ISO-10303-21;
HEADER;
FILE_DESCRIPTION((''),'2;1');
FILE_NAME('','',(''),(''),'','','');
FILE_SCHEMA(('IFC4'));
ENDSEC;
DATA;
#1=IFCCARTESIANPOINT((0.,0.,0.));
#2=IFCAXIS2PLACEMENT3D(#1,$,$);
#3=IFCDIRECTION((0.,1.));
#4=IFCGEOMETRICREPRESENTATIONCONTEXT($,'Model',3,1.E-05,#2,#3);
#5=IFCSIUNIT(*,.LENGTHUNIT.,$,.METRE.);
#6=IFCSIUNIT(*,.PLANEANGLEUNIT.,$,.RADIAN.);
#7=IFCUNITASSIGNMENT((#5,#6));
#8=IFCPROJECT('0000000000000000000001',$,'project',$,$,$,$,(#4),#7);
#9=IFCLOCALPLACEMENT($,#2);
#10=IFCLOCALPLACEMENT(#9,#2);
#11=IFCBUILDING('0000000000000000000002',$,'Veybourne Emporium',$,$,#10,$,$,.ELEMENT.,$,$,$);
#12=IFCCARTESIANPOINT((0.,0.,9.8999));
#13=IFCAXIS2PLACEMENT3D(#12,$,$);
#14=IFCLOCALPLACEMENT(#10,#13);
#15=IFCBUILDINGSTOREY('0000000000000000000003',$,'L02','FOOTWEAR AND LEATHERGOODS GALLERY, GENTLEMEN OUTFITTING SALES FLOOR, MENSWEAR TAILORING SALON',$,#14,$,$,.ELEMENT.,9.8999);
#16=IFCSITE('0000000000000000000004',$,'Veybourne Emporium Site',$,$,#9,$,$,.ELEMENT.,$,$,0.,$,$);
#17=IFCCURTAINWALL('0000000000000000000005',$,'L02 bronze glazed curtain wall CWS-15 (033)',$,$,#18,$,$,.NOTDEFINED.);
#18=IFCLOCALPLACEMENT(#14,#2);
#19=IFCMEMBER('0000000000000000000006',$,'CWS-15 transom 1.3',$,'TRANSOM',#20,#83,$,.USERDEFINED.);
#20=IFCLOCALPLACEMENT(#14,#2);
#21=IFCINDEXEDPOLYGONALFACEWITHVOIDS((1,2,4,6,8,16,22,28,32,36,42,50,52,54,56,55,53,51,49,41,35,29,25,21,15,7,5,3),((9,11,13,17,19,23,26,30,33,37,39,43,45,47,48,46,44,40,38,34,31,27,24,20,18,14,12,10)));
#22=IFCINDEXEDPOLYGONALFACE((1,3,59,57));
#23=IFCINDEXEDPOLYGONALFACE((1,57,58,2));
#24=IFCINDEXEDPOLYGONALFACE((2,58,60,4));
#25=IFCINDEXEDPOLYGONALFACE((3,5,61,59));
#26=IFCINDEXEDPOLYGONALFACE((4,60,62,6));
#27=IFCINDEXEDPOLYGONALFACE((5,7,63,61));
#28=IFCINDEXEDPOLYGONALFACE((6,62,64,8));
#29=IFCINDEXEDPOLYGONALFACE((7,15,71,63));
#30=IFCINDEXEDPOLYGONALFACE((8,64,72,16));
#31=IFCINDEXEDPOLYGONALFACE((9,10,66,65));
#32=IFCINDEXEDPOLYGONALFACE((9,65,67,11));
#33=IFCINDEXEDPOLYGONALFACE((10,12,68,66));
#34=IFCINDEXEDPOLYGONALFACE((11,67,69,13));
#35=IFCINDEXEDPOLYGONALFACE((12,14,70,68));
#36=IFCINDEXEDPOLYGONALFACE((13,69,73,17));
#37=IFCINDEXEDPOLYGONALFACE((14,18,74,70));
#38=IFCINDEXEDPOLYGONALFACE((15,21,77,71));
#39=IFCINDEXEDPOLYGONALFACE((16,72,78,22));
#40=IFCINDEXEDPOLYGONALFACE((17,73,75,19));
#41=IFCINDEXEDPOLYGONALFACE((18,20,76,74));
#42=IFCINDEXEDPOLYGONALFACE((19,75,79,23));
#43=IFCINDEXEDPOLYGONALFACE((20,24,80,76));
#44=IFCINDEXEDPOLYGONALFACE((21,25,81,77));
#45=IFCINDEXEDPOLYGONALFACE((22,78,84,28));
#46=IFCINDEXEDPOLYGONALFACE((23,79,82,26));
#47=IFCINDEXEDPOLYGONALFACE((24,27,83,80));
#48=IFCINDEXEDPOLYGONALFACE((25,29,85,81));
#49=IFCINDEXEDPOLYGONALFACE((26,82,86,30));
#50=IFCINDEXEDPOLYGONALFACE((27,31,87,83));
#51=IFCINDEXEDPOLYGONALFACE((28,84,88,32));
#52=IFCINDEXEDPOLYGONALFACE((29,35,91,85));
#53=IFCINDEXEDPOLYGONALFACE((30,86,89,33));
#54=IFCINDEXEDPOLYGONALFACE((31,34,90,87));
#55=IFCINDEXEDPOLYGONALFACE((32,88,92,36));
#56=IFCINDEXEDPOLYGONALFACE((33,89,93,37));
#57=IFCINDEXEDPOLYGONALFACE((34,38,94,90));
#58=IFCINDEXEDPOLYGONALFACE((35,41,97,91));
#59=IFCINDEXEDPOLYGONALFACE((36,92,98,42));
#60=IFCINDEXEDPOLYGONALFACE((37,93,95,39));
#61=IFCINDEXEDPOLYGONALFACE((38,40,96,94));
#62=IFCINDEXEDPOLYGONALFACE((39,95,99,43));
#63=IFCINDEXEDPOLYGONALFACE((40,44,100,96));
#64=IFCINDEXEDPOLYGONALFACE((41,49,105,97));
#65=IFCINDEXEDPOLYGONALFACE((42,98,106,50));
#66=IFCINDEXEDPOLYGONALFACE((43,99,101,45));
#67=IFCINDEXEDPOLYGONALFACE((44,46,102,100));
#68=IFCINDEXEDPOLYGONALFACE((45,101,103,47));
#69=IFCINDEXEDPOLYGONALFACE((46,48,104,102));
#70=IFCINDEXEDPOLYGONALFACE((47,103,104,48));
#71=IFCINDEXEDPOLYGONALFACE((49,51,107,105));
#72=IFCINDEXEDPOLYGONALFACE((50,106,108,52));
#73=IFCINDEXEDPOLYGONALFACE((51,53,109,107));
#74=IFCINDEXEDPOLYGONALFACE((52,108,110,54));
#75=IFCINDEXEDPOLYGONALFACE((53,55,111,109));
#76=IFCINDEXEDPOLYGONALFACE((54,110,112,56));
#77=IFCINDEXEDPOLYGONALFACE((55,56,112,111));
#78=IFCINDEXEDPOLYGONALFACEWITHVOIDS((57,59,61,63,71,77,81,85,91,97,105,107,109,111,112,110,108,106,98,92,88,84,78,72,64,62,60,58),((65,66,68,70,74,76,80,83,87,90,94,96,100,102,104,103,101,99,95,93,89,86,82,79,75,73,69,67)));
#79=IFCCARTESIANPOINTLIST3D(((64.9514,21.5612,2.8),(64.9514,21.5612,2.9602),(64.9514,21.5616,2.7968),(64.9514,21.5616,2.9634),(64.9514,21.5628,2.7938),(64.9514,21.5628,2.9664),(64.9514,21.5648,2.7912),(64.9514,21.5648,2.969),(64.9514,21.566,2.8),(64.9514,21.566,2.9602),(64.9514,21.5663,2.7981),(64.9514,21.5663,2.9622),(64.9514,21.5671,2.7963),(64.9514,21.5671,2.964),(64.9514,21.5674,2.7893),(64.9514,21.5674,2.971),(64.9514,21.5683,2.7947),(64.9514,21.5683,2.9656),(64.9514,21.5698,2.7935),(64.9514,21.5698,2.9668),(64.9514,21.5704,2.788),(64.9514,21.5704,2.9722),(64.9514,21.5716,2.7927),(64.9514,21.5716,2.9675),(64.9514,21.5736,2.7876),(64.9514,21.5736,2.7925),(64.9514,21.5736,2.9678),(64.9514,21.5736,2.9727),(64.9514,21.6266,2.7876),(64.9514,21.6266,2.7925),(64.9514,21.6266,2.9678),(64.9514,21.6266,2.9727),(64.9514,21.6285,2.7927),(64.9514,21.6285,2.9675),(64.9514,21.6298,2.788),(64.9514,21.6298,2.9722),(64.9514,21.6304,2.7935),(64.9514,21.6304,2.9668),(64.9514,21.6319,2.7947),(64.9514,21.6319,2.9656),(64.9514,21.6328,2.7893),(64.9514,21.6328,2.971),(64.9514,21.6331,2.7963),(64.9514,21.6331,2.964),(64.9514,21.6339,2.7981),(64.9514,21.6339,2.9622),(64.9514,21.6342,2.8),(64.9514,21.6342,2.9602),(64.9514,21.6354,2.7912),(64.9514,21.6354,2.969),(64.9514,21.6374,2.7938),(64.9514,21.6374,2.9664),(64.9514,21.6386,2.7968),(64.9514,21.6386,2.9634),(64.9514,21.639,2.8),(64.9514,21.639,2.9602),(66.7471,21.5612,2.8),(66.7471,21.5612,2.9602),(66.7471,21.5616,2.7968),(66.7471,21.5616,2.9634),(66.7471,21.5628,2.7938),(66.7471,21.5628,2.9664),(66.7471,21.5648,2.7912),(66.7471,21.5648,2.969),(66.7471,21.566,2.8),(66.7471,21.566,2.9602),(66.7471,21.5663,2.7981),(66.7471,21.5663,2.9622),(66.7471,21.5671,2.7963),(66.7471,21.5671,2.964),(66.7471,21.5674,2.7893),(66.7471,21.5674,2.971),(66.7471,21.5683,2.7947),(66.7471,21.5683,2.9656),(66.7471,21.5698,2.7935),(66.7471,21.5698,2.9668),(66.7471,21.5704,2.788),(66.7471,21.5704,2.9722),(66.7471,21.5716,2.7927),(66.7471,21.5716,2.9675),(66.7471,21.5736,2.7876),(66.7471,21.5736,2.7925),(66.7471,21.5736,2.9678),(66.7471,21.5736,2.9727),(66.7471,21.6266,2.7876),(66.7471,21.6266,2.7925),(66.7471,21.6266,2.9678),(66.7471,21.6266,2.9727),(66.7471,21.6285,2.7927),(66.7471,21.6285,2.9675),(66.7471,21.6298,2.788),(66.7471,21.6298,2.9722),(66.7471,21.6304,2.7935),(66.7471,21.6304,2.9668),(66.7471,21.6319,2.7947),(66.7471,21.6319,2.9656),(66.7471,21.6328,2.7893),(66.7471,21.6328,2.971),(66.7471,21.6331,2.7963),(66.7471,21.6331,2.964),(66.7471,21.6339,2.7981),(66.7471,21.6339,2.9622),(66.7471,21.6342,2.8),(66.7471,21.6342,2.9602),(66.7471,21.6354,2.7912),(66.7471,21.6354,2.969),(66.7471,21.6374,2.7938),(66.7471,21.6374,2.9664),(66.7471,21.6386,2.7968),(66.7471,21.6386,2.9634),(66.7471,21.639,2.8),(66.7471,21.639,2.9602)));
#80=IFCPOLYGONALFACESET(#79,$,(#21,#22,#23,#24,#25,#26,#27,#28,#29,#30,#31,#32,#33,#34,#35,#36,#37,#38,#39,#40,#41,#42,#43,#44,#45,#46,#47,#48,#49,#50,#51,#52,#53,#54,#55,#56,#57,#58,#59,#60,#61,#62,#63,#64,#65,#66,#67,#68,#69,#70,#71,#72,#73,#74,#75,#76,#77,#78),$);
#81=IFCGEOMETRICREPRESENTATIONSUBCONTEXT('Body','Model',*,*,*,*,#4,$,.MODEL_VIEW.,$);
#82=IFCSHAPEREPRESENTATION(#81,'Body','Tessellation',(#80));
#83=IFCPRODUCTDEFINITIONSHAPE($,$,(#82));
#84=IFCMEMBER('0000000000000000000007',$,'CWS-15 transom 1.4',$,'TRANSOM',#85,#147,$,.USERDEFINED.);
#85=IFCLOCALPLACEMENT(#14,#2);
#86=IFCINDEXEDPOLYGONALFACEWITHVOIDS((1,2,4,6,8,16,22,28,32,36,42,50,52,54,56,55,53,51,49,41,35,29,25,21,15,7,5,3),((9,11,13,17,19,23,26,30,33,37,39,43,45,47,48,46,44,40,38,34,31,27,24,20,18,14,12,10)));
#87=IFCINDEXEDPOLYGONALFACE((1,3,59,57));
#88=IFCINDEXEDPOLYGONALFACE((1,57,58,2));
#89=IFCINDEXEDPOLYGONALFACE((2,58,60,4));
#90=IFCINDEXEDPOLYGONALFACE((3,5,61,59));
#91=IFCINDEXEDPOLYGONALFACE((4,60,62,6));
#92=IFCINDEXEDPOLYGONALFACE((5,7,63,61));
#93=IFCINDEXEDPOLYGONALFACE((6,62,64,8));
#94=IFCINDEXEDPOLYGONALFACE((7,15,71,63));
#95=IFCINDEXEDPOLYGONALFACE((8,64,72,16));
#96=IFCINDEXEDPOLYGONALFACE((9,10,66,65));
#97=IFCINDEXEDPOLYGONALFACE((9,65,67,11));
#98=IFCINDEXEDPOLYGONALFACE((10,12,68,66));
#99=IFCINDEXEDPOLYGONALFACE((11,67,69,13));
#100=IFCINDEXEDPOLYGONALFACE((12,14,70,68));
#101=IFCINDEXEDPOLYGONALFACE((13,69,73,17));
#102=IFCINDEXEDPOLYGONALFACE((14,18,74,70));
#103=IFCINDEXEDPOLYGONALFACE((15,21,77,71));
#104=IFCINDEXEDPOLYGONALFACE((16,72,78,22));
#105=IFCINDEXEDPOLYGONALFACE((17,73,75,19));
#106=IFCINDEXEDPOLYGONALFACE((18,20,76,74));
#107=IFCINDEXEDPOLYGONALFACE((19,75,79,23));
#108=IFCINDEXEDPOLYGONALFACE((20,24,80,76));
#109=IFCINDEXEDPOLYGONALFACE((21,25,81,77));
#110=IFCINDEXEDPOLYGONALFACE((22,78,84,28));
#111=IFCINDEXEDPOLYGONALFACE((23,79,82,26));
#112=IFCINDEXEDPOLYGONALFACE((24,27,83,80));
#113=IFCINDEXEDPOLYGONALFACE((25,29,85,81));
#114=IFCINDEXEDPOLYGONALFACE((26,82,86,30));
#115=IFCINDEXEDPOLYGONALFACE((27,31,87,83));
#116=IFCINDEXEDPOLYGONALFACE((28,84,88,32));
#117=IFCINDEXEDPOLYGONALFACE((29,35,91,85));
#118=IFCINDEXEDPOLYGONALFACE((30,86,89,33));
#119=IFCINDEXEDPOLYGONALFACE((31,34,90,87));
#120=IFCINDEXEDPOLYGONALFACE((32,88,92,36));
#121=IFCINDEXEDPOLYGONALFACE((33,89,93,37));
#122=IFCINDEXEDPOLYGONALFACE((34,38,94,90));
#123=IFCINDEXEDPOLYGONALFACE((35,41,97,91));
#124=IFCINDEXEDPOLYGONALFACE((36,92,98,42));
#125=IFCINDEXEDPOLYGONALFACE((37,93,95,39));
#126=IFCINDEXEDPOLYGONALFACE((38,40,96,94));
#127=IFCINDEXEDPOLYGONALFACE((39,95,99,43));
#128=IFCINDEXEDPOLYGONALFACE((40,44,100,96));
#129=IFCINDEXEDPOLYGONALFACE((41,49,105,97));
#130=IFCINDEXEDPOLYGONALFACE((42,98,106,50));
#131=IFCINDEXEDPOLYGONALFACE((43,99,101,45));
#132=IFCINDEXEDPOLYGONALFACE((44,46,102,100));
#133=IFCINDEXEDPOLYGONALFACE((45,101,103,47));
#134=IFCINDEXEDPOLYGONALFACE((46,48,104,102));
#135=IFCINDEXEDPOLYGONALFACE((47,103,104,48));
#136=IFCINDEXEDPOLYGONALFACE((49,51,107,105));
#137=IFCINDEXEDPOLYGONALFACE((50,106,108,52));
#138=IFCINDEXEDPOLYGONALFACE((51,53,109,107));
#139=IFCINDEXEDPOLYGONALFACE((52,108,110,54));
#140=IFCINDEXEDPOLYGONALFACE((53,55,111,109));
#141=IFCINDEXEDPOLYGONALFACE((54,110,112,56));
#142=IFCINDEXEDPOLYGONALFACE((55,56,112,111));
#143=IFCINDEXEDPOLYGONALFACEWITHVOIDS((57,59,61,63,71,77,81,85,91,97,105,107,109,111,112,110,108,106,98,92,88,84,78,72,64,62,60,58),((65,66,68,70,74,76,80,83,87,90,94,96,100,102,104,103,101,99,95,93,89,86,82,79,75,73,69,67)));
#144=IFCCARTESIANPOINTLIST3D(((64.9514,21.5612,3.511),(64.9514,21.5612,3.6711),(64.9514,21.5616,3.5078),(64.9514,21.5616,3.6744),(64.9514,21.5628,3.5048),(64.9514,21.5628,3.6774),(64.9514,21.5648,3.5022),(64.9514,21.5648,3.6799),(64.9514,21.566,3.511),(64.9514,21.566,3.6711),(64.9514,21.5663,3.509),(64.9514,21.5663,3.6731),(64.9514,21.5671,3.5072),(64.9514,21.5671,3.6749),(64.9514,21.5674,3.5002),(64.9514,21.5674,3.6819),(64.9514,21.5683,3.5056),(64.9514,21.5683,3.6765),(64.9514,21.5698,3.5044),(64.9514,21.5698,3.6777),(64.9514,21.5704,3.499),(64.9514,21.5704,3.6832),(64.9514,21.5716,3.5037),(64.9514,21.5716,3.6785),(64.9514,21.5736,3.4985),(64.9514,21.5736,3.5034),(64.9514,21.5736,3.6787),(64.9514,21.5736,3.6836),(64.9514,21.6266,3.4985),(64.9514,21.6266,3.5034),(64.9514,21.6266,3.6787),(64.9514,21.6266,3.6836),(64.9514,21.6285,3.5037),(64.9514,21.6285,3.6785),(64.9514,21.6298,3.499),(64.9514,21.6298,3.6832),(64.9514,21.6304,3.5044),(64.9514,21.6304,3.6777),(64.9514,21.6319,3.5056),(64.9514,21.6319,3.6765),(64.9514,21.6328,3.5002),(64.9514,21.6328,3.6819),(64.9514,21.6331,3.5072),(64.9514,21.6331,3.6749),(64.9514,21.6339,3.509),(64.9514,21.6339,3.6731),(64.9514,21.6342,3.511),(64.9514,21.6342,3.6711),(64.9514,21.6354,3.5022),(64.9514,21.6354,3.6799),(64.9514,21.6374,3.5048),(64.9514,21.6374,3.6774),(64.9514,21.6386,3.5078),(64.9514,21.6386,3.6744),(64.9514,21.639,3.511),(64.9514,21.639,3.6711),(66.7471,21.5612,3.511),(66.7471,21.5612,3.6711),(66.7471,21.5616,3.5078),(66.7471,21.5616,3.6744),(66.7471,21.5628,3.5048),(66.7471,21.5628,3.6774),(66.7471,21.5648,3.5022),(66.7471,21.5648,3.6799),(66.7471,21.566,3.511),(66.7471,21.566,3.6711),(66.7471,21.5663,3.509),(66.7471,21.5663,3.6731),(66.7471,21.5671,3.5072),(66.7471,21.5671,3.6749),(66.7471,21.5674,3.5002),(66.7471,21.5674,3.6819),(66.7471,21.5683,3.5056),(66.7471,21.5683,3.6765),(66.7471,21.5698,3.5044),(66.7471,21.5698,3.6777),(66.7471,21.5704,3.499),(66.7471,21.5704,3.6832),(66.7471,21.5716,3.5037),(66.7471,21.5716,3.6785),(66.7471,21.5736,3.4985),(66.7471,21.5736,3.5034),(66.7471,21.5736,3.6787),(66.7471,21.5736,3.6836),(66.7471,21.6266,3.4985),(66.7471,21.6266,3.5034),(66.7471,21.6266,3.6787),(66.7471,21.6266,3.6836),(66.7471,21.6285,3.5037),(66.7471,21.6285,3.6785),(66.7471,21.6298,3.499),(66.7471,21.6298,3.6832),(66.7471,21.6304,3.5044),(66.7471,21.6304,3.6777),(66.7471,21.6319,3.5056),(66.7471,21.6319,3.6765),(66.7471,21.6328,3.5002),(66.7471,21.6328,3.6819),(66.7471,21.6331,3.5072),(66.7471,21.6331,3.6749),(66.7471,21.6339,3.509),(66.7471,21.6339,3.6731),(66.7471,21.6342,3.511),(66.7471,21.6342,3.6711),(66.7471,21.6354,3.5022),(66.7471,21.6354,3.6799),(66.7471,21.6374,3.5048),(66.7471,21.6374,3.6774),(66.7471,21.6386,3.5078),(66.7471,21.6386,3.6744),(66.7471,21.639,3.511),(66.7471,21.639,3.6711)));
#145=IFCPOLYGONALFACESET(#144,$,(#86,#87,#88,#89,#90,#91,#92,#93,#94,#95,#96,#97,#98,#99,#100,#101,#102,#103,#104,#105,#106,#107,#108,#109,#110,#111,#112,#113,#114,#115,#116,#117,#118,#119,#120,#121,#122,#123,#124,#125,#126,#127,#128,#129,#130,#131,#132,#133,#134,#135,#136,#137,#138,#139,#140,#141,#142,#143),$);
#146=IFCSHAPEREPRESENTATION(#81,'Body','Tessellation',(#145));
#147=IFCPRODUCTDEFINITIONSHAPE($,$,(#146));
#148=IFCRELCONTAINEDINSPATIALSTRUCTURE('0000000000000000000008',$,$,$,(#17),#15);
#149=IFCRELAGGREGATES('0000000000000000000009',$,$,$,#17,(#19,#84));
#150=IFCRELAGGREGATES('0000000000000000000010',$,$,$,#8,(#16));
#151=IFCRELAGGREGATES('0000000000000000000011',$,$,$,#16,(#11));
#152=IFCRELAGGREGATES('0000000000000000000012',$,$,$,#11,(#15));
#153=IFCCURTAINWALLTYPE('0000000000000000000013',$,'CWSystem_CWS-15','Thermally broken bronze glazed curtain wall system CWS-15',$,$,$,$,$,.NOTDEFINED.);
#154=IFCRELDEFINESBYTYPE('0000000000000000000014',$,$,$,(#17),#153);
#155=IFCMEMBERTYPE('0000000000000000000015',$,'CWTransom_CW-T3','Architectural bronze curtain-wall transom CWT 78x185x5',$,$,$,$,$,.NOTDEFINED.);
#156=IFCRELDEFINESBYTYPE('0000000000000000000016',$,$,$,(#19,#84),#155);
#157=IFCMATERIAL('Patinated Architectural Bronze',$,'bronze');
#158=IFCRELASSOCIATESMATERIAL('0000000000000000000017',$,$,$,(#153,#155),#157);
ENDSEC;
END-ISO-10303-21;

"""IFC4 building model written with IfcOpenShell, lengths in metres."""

from ifc_helpers import new_model, si_unit, direction, frame, origin, origin_2d, place, context, subcontext, project, spatial, hollow_rectangle, extrude, material, material_profile, profile_set, type_object, element, aggregate, save


model = new_model("IFC4")

# Units and contexts
model_context = context("Model", 3, precision=1e-05, world=origin(), true_north=direction((0.0, 1.0)))
body_context = subcontext(model_context, "Body", "Model", "MODEL_VIEW")
ifc_project = project(units=[si_unit("LENGTHUNIT", "METRE"), si_unit("PLANEANGLEUNIT", "RADIAN")], contexts=[model_context])

# Site, building, storey
site_placement = place(None, origin())
site = spatial("IfcSite", under=ifc_project, at=site_placement, Name="Veybourne Emporium Site", CompositionType="ELEMENT", RefElevation=0.0)
building_placement = place(site_placement, origin())
building = spatial("IfcBuilding", under=site, at=building_placement, Name="Veybourne Emporium", CompositionType="ELEMENT")
storey_placement = place(building_placement, frame((0.0, 0.0, 9.8999)))
storey = spatial("IfcBuildingStorey", under=building, at=storey_placement, Name="L02", Description="FOOTWEAR AND LEATHERGOODS GALLERY, GENTLEMEN OUTFITTING SALES FLOOR, MENSWEAR TAILORING SALON", CompositionType="ELEMENT", Elevation=9.8999)

# Curtain wall
ifc_material_1 = material(Name="Patinated Architectural Bronze", Category="bronze")
curtain_wall_type_1 = type_object("IfcCurtainWallType", Name="CWSystem_CWS-15", Description="Thermally broken bronze glazed curtain wall system CWS-15", PredefinedType="NOTDEFINED", material=ifc_material_1)
curtain_wall_1_placement = place(storey_placement, origin())
curtain_wall_1 = element("IfcCurtainWall", 1, at=curtain_wall_1_placement, inside=storey, type_object=curtain_wall_type_1, Name="L02 bronze glazed curtain wall CWS-15 (033)", PredefinedType="NOTDEFINED")

# Members
ifc_material_profile_1 = material_profile(ifc_material_1, hollow_rectangle(XDim=0.0779, YDim=0.1851, WallThickness=0.0049, InnerFilletRadius=0.0076, OuterFilletRadius=0.0125, at=origin_2d()), Name="CWT 78x185x5")
ifc_profile_set_1 = profile_set([ifc_material_profile_1], Name="Patinated Architectural Bronze")
member_type_1 = type_object("IfcMemberType", Name="CWTransom_CW-T3", Description="Architectural bronze curtain-wall transom CWT 78x185x5", PredefinedType="NOTDEFINED", material=ifc_profile_set_1)
member_1_placement = place(storey_placement, frame((66.7471, 21.6001, 2.8801), z_axis=(-1.0, 0.0, 0.0), x_axis=(0.0, -1.0, 0.0)))
member_1 = element("IfcMember", 2, at=member_1_placement, type_object=member_type_1, Name="CWS-15 transom 1.3", ObjectType="TRANSOM", PredefinedType="USERDEFINED", context=body_context, shape_type="SweptSolid", body=[
    extrude(hollow_rectangle(XDim=0.0779, YDim=0.1851, WallThickness=0.0049, InnerFilletRadius=0.0076, OuterFilletRadius=0.0125, at=origin_2d()), origin(), (0.0, 0.0, 1.0), 1.7957),
])
member_2_placement = place(storey_placement, frame((66.7471, 21.6001, 3.5911), z_axis=(-1.0, 0.0, 0.0), x_axis=(0.0, -1.0, 0.0)))
member_2 = element("IfcMember", 3, at=member_2_placement, type_object=member_type_1, Name="CWS-15 transom 1.4", ObjectType="TRANSOM", PredefinedType="USERDEFINED", context=body_context, shape_type="SweptSolid", body=[
    extrude(hollow_rectangle(XDim=0.0779, YDim=0.1851, WallThickness=0.0049, InnerFilletRadius=0.0076, OuterFilletRadius=0.0125, at=origin_2d()), origin(), (0.0, 0.0, 1.0), 1.7957),
])

aggregate(curtain_wall_1, [member_1, member_2])

save(model, "model.ifc")
